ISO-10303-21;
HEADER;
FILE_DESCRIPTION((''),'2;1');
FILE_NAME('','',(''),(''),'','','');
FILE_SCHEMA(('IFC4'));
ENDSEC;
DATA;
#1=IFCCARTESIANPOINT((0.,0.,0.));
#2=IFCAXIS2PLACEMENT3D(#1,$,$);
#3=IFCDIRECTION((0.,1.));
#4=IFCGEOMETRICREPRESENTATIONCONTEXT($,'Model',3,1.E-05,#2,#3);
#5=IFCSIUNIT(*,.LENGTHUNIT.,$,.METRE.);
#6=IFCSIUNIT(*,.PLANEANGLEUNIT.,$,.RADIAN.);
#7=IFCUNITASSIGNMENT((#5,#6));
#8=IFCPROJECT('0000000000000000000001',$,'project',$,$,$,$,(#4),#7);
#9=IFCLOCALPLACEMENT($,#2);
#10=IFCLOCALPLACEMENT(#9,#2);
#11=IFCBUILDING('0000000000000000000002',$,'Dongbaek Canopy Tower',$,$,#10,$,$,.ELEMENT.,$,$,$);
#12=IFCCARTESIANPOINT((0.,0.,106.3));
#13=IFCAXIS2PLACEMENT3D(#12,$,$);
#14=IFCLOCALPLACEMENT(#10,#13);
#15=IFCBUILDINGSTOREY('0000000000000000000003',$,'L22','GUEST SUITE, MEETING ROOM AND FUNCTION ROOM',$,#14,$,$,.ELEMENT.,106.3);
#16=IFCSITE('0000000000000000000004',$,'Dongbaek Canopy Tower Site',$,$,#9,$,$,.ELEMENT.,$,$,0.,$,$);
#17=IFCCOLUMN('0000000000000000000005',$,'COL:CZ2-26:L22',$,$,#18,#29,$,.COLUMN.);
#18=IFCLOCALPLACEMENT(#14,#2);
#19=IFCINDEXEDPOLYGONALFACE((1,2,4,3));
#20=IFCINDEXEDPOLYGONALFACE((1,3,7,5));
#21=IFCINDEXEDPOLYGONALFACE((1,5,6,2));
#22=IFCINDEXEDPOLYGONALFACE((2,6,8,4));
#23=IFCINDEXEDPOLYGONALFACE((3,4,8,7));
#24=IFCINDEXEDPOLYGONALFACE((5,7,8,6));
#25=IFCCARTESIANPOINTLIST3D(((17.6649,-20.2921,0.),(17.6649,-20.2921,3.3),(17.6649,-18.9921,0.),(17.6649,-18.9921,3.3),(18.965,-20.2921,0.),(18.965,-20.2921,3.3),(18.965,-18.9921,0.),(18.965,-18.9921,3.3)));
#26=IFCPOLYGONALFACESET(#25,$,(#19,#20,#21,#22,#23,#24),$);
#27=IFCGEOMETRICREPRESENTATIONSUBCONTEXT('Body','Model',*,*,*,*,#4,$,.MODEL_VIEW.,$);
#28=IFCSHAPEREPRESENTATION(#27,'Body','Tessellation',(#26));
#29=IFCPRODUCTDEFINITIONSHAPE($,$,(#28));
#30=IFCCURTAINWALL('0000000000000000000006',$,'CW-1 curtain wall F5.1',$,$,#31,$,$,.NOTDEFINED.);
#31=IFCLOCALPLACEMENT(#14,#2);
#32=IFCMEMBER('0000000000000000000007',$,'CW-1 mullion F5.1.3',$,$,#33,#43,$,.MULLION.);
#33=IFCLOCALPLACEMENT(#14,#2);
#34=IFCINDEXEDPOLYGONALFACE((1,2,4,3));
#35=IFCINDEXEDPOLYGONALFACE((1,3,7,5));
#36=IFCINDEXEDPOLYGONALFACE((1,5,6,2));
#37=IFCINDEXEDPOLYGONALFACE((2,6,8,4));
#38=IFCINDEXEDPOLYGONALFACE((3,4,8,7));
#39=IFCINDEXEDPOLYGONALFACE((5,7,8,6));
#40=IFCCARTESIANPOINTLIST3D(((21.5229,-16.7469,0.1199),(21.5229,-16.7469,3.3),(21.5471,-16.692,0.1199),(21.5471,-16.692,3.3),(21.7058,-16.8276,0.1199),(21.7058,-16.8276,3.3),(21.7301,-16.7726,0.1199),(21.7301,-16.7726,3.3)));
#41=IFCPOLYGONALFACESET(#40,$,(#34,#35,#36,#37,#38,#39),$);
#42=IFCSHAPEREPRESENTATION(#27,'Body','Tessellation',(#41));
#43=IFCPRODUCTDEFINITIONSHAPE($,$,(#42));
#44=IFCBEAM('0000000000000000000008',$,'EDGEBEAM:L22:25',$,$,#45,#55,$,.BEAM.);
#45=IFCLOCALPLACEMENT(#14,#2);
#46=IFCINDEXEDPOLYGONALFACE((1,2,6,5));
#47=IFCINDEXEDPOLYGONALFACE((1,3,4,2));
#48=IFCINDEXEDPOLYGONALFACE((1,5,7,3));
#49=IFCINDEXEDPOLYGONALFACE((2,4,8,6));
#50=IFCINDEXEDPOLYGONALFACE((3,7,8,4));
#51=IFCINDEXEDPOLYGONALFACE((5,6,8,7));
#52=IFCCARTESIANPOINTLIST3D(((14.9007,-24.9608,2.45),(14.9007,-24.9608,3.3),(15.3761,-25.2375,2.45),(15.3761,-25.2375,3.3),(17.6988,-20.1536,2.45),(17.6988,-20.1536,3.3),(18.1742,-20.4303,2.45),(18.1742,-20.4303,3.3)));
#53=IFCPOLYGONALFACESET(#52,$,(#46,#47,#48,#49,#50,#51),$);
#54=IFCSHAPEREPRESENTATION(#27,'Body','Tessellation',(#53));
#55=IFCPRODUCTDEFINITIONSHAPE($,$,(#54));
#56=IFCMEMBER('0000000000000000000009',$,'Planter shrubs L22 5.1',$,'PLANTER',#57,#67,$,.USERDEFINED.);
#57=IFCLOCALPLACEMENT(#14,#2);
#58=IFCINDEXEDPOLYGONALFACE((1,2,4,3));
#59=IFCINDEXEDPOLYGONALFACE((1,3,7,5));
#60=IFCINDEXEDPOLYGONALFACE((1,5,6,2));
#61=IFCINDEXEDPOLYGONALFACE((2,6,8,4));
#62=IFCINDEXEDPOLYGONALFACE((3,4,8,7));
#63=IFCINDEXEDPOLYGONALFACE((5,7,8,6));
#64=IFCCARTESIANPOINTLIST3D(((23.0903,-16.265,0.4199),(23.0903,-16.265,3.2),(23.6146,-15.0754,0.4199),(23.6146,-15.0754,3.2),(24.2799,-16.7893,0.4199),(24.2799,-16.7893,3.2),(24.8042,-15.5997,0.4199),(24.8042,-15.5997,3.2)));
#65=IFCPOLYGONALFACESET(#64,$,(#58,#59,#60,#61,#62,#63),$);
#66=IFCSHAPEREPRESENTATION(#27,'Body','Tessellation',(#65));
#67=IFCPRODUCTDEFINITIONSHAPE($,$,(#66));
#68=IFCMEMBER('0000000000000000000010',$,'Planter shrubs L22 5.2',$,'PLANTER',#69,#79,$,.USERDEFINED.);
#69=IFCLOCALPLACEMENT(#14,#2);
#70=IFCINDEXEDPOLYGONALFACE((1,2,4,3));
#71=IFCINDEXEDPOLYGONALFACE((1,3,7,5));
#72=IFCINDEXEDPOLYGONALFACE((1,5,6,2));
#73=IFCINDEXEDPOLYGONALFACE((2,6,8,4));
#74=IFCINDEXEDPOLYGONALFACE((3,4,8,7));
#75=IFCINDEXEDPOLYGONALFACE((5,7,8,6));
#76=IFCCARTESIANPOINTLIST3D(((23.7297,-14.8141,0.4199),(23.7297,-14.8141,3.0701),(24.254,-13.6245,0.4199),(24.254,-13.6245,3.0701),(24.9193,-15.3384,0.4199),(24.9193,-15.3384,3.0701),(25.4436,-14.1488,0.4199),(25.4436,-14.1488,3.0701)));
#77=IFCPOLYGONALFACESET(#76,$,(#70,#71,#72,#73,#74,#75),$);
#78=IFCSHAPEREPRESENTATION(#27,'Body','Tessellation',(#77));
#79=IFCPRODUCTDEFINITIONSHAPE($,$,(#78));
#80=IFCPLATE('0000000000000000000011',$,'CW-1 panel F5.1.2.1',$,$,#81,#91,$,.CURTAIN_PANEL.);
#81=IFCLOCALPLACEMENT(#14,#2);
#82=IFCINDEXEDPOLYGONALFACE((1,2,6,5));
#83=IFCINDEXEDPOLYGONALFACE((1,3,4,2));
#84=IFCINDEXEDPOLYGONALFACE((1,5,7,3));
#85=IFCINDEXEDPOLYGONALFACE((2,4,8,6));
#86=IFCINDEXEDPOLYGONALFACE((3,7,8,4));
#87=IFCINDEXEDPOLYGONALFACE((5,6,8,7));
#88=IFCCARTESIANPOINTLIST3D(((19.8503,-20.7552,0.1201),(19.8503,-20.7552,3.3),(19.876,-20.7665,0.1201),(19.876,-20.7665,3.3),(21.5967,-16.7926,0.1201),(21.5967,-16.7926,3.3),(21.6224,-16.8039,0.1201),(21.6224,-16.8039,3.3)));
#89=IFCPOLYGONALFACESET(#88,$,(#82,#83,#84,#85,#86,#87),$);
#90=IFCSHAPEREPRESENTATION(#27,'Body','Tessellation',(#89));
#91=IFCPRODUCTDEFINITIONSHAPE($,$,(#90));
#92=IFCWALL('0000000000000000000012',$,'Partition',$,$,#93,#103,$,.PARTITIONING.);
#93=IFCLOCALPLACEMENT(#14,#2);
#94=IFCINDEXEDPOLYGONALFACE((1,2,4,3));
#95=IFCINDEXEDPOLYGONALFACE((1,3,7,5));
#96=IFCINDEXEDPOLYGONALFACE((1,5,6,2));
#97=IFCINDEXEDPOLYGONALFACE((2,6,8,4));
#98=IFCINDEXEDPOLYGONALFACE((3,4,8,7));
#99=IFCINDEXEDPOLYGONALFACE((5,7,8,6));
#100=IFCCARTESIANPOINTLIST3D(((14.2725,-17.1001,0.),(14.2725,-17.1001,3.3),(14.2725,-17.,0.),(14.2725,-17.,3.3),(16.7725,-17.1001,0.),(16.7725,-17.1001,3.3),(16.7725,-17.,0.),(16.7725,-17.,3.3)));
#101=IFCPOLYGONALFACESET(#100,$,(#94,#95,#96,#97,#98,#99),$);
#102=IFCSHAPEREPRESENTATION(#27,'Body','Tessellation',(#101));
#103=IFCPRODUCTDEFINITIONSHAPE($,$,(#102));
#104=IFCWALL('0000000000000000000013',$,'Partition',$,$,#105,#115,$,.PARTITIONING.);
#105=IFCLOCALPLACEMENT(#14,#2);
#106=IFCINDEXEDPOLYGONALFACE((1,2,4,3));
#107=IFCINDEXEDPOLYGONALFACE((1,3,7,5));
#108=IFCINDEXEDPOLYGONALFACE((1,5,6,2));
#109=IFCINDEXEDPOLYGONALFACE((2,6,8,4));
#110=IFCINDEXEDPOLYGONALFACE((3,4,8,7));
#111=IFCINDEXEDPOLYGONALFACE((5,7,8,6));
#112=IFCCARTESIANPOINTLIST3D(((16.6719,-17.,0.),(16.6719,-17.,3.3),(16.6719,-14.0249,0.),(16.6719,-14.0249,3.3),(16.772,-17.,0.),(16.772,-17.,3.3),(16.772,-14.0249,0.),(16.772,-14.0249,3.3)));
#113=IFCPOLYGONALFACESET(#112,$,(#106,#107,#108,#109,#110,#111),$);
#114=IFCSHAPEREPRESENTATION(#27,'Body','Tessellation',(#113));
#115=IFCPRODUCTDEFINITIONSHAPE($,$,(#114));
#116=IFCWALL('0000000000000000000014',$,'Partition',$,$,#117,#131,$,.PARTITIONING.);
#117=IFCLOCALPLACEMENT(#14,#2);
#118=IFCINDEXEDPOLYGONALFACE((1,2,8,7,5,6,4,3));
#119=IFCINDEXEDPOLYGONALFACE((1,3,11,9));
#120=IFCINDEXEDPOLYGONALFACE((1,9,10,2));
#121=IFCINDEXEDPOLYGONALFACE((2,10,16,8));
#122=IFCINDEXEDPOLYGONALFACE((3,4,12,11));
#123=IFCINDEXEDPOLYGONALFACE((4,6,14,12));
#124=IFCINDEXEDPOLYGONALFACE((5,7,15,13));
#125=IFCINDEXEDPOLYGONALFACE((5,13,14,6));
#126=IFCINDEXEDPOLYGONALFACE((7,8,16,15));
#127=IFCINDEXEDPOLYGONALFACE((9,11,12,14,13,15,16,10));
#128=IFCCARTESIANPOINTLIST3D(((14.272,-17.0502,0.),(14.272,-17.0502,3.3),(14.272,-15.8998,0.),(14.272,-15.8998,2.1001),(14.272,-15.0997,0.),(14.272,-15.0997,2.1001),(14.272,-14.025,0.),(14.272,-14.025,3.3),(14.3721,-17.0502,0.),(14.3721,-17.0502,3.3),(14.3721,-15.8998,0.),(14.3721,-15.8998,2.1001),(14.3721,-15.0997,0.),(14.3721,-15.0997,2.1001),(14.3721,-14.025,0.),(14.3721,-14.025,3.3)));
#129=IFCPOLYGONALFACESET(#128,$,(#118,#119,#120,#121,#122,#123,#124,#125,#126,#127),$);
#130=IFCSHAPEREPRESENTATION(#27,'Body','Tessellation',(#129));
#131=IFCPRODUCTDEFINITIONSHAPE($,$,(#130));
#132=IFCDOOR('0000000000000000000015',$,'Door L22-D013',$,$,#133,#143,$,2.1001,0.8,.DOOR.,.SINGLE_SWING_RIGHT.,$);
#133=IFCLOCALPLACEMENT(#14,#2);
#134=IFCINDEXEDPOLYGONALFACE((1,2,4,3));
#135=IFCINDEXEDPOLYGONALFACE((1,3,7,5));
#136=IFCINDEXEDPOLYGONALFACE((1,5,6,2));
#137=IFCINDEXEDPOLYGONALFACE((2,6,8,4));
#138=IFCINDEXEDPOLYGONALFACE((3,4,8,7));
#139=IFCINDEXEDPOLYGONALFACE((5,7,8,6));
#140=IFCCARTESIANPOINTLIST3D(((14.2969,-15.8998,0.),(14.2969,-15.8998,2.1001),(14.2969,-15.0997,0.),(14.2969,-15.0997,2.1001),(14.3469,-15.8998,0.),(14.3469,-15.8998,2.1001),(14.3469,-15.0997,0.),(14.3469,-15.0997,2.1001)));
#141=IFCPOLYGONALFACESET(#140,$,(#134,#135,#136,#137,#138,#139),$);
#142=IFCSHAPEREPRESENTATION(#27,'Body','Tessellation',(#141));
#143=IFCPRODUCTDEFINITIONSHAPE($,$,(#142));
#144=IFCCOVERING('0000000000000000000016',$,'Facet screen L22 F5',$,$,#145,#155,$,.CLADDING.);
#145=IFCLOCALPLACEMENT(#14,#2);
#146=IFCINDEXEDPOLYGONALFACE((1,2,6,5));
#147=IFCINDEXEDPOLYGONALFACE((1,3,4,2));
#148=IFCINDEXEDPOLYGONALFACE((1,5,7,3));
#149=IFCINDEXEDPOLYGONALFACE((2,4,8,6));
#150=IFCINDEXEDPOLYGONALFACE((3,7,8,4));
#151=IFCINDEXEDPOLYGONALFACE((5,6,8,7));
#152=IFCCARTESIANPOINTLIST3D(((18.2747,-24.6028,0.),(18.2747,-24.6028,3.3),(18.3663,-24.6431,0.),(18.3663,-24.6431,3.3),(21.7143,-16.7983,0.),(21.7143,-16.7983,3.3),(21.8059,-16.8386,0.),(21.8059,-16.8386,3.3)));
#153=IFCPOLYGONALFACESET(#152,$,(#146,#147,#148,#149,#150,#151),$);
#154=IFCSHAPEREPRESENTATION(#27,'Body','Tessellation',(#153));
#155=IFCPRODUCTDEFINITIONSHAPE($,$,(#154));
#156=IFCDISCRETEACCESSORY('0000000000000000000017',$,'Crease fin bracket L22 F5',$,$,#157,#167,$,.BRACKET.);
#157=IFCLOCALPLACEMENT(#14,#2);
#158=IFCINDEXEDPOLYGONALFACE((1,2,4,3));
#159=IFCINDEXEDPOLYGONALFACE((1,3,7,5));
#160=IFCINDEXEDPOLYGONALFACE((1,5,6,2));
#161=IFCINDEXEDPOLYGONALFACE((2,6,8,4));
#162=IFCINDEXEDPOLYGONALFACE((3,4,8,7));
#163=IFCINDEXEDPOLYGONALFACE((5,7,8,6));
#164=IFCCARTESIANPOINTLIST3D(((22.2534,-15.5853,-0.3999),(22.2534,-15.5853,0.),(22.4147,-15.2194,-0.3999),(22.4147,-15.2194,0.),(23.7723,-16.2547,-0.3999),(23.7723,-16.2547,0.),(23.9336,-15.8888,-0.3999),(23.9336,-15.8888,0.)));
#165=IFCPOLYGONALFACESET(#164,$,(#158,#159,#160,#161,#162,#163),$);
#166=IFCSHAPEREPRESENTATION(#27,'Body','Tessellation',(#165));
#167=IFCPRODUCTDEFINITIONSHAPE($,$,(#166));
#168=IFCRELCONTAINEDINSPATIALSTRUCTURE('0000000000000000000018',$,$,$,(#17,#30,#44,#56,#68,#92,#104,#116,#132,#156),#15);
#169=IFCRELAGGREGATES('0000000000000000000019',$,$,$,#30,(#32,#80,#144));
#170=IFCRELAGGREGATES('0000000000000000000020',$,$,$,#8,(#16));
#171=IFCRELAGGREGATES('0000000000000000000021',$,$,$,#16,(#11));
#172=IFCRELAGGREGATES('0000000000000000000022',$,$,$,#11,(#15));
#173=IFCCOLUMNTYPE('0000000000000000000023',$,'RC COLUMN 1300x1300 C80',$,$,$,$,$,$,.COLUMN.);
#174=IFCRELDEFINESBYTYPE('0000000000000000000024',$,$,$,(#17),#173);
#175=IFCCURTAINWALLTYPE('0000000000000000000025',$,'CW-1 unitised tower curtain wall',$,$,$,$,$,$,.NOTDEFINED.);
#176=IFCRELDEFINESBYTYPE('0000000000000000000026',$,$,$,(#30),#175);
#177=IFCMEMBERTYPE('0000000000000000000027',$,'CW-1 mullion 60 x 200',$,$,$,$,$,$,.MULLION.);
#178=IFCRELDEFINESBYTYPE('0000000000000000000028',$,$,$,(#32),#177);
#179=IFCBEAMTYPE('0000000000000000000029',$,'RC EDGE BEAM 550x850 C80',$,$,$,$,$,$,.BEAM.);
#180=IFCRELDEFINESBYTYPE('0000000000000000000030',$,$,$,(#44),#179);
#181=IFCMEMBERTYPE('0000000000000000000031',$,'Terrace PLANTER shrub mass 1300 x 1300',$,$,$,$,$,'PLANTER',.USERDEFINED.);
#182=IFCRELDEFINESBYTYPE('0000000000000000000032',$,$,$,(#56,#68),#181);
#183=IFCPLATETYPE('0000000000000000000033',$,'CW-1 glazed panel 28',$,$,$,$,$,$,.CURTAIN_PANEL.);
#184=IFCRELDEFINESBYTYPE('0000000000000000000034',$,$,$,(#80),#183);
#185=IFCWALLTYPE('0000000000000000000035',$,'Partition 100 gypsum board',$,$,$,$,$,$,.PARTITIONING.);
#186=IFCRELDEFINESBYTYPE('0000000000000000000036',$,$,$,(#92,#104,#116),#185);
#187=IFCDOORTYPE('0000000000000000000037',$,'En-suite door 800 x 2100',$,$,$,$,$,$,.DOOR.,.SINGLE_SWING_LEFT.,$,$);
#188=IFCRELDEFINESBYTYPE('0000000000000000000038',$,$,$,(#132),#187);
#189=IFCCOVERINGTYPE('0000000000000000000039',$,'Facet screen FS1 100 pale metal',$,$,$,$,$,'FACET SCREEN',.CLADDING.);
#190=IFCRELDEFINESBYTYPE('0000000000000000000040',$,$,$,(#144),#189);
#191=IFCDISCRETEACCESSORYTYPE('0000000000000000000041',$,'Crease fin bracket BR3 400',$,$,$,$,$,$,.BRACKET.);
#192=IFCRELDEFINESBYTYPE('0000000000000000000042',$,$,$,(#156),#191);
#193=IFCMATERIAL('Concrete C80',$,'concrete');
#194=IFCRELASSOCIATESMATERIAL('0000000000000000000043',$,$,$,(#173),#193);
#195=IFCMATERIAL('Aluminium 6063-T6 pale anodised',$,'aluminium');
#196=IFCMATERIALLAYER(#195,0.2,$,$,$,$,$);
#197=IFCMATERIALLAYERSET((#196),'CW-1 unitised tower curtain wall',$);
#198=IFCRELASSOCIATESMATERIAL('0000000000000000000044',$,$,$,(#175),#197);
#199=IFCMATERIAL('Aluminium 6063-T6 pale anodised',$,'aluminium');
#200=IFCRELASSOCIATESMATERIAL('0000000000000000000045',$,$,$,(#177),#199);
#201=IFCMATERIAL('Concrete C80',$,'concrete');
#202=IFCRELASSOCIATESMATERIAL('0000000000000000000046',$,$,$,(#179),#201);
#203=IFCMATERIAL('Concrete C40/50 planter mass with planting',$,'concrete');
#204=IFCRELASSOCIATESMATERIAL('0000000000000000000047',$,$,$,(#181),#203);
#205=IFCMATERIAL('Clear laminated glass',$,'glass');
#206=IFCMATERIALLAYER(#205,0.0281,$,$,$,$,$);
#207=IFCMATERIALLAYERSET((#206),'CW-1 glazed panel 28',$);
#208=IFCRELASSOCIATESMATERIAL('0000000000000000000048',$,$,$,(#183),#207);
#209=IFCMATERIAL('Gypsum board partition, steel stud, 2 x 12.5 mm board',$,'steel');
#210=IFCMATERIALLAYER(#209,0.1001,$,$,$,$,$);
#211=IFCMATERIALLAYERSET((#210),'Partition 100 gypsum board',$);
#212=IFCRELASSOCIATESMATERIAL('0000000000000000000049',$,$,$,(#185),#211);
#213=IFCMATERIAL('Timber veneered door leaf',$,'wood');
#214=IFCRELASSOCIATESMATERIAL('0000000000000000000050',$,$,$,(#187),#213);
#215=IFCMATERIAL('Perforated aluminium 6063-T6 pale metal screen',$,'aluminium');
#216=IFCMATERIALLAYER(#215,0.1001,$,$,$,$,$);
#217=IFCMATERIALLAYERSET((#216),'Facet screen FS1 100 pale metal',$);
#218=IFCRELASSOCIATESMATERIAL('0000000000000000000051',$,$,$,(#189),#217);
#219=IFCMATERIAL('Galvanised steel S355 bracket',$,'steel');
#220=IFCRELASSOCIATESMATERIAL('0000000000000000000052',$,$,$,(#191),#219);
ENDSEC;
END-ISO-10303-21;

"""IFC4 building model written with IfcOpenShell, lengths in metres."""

from ifc_helpers import new_model, si_unit, direction, frame, frame_2d, origin, origin_2d, place, context, subcontext, project, spatial, rectangle, extrude, material, layer, layer_set, material_profile, profile_set, type_object, element, fill, aggregate, save


model = new_model("IFC4")

# Units and contexts
model_context = context("Model", 3, precision=1e-05, world=origin(), true_north=direction((0.0, 1.0)))
body_context = subcontext(model_context, "Body", "Model", "MODEL_VIEW")
ifc_project = project(units=[si_unit("LENGTHUNIT", "METRE"), si_unit("PLANEANGLEUNIT", "RADIAN")], contexts=[model_context])

# Site, building, storey
site_placement = place(None, origin())
site = spatial("IfcSite", under=ifc_project, at=site_placement, Name="Dongbaek Canopy Tower Site", CompositionType="ELEMENT", RefElevation=0.0)
building_placement = place(site_placement, origin())
building = spatial("IfcBuilding", under=site, at=building_placement, Name="Dongbaek Canopy Tower", CompositionType="ELEMENT")
storey_placement = place(building_placement, frame((0.0, 0.0, 106.3)))
storey = spatial("IfcBuildingStorey", under=building, at=storey_placement, Name="L22", Description="GUEST SUITE, MEETING ROOM AND FUNCTION ROOM", CompositionType="ELEMENT", Elevation=106.3)

# Column
ifc_material_1 = material(Name="Concrete C80", Category="concrete")
ifc_material_profile_1 = material_profile(ifc_material_1, rectangle(XDim=1.3, YDim=1.3, at=origin_2d()), Name="RC COLUMN 1300x1300 C80")
ifc_profile_set_1 = profile_set([ifc_material_profile_1], Name="Concrete C80")
column_type = type_object("IfcColumnType", Name="RC COLUMN 1300x1300 C80", PredefinedType="COLUMN", material=ifc_profile_set_1)
column_placement = place(storey_placement, frame((18.3149, -19.6421, 0.0), z_axis=(0.0, 0.0, 1.0), x_axis=(1.0, 0.0, 0.0)))
element("IfcColumn", 1, at=column_placement, inside=storey, type_object=column_type, Name="COL:CZ2-26:L22", PredefinedType="COLUMN", context=body_context, shape_type="SweptSolid", body=[
    extrude(rectangle(XDim=1.3, YDim=1.3, at=origin_2d()), origin(), (0.0, 0.0, 1.0), 3.3),
])

# Curtain wall, member
ifc_material_2 = material(Name="Aluminium 6063-T6 pale anodised", Category="aluminium")
ifc_layer_1 = layer(ifc_material_2, 0.2)
ifc_layer_set_1 = layer_set([ifc_layer_1], Name="CW-1 unitised tower curtain wall")
curtain_wall_type = type_object("IfcCurtainWallType", Name="CW-1 unitised tower curtain wall", PredefinedType="NOTDEFINED", material=ifc_layer_set_1)
curtain_wall_placement = place(storey_placement, origin())
curtain_wall = element("IfcCurtainWall", 2, at=curtain_wall_placement, inside=storey, type_object=curtain_wall_type, Name="CW-1 curtain wall F5.1", PredefinedType="NOTDEFINED")
ifc_material_3 = material(Name="Aluminium 6063-T6 pale anodised", Category="aluminium")
ifc_material_profile_2 = material_profile(ifc_material_3, rectangle(XDim=0.2, YDim=0.0601, at=origin_2d()), Name="CW-1 mullion 60 x 200")
ifc_profile_set_2 = profile_set([ifc_material_profile_2], Name="Aluminium 6063-T6 pale anodised")
member_type_1 = type_object("IfcMemberType", Name="CW-1 mullion 60 x 200", PredefinedType="MULLION", material=ifc_profile_set_2)
member_1_placement = place(storey_placement, frame((21.6265, -16.7598, 0.1199), z_axis=(0.0, 0.0, 1.0), x_axis=(0.915073, -0.403289, 0.0)))
member_1 = element("IfcMember", 3, at=member_1_placement, type_object=member_type_1, Name="CW-1 mullion F5.1.3", PredefinedType="MULLION", context=body_context, shape_type="SweptSolid", body=[
    extrude(rectangle(XDim=0.2, YDim=0.0601, at=origin_2d()), origin(), (0.0, 0.0, 1.0), 3.1802),
])

# Beam
ifc_material_4 = material(Name="Concrete C80", Category="concrete")
ifc_material_profile_3 = material_profile(ifc_material_4, rectangle(XDim=0.55, YDim=0.8501, at=origin_2d()), Name="RC EDGE BEAM 550x850 C80")
ifc_profile_set_3 = profile_set([ifc_material_profile_3], Name="Concrete C80")
beam_type = type_object("IfcBeamType", Name="RC EDGE BEAM 550x850 C80", PredefinedType="BEAM", material=ifc_profile_set_3)
beam_placement = place(storey_placement, frame((17.9365, -20.292, 2.875), z_axis=(-0.503058, -0.864253, 0.0), x_axis=(0.864253, -0.503058, 0.0)))
element("IfcBeam", 4, at=beam_placement, inside=storey, type_object=beam_type, Name="EDGEBEAM:L22:25", PredefinedType="BEAM", context=body_context, shape_type="SweptSolid", body=[
    extrude(rectangle(XDim=0.55, YDim=0.8501, at=origin_2d()), origin(), (0.0, 0.0, 1.0), 5.5623),
])

# Members
ifc_material_5 = material(Name="Concrete C40/50 planter mass with planting", Category="concrete")
ifc_material_profile_4 = material_profile(ifc_material_5, rectangle(XDim=1.3, YDim=1.3, at=origin_2d()), Name="Terrace PLANTER shrub mass 1300 x 1300")
ifc_profile_set_4 = profile_set([ifc_material_profile_4], Name="Concrete C40/50 planter mass with planting")
member_type_2 = type_object("IfcMemberType", Name="Terrace PLANTER shrub mass 1300 x 1300", ElementType="PLANTER", PredefinedType="USERDEFINED", material=ifc_profile_set_4)
member_2_placement = place(storey_placement, frame((23.9473, -15.9324, 0.4199), z_axis=(0.0, 0.0, 1.0), x_axis=(0.915073, -0.403289, 0.0)))
element("IfcMember", 5, at=member_2_placement, inside=storey, type_object=member_type_2, Name="Planter shrubs L22 5.1", ObjectType="PLANTER", PredefinedType="USERDEFINED", context=body_context, shape_type="SweptSolid", body=[
    extrude(rectangle(XDim=1.3, YDim=1.3, at=origin_2d()), origin(), (0.0, 0.0, 1.0), 2.78),
])
member_3_placement = place(storey_placement, frame((24.5867, -14.4814, 0.4199), z_axis=(0.0, 0.0, 1.0), x_axis=(0.915073, -0.403289, 0.0)))
element("IfcMember", 6, at=member_3_placement, inside=storey, type_object=member_type_2, Name="Planter shrubs L22 5.2", ObjectType="PLANTER", PredefinedType="USERDEFINED", context=body_context, shape_type="SweptSolid", body=[
    extrude(rectangle(XDim=1.3, YDim=1.3, at=origin_2d()), origin(), (0.0, 0.0, 1.0), 2.6501),
])

# Plate
ifc_material_6 = material(Name="Clear laminated glass", Category="glass")
ifc_layer_2 = layer(ifc_material_6, 0.0281)
ifc_layer_set_2 = layer_set([ifc_layer_2], Name="CW-1 glazed panel 28")
plate_type = type_object("IfcPlateType", Name="CW-1 glazed panel 28", PredefinedType="CURTAIN_PANEL", material=ifc_layer_set_2)
plate_placement = place(storey_placement, frame((20.7363, -18.7795, 0.1201), z_axis=(0.0, 0.0, 1.0), x_axis=(0.403289, 0.915073, 0.0)))
plate = element("IfcPlate", 7, at=plate_placement, type_object=plate_type, Name="CW-1 panel F5.1.2.1", PredefinedType="CURTAIN_PANEL", context=body_context, shape_type="SweptSolid", body=[
    extrude(rectangle(XDim=4.3303, YDim=0.0281, at=origin_2d()), origin(), (0.0, 0.0, 1.0), 3.1799),
])

# Walls
ifc_material_7 = material(Name="Gypsum board partition, steel stud, 2 x 12.5 mm board", Category="steel")
ifc_layer_3 = layer(ifc_material_7, 0.1001)
ifc_layer_set_3 = layer_set([ifc_layer_3], Name="Partition 100 gypsum board")
wall_type_1 = type_object("IfcWallType", Name="Partition 100 gypsum board", PredefinedType="PARTITIONING", material=ifc_layer_set_3)
wall_1_placement = place(storey_placement, frame((14.2725, -17.05, 0.0), z_axis=(0.0, 0.0, 1.0), x_axis=(1.0, 0.0, 0.0)))
element("IfcWall", 8, at=wall_1_placement, inside=storey, type_object=wall_type_1, Name="Partition", PredefinedType="PARTITIONING", context=body_context, shape_type="SweptSolid", body=[
    extrude(rectangle(XDim=2.5, YDim=0.1001, at=frame_2d((1.25, 0.0))), origin(), (0.0, 0.0, 1.0), 3.3),
])
wall_2_placement = place(storey_placement, frame((16.7219, -17.0, 0.0), z_axis=(0.0, 0.0, 1.0), x_axis=(0.0, 1.0, 0.0)))
element("IfcWall", 9, at=wall_2_placement, inside=storey, type_object=wall_type_1, Name="Partition", PredefinedType="PARTITIONING", context=body_context, shape_type="SweptSolid", body=[
    extrude(rectangle(XDim=2.9751, YDim=0.1001, at=frame_2d((1.4875, 0.0))), origin(), (0.0, 0.0, 1.0), 3.3),
])

# Wall, opening, door
wall_3_placement = place(storey_placement, frame((14.322, -14.0249, 0.0), z_axis=(0.0, 0.0, 1.0), x_axis=(0.0, -1.0, 0.0)))
wall_3 = element("IfcWall", 10, at=wall_3_placement, inside=storey, type_object=wall_type_1, Name="Partition", PredefinedType="PARTITIONING", context=body_context, shape_type="SweptSolid", body=[
    extrude(rectangle(XDim=3.0251, YDim=0.1001, at=frame_2d((1.5127, 0.0))), origin(), (0.0, 0.0, 1.0), 3.3),
])
opening_1_placement = place(wall_3_placement, frame((1.075, 0.0, 0.0)))
opening_1 = element("IfcOpeningElement", 11, at=opening_1_placement, cuts=wall_3, PredefinedType="OPENING", context=body_context, shape_type="SweptSolid", body=[
    extrude(rectangle(XDim=0.8, YDim=2.1001, at=frame_2d((0.3999, 1.05))), frame((0.0, 0.0601, 0.0), z_axis=(0.0, -1.0, 0.0), x_axis=(1.0, 0.0, 0.0)), (0.0, 0.0, 1.0), 0.1201),
])
ifc_material_8 = material(Name="Timber veneered door leaf", Category="wood")
door_type_1 = type_object("IfcDoorType", Name="En-suite door 800 x 2100", OperationType="SINGLE_SWING_LEFT", PredefinedType="DOOR", material=ifc_material_8)
door_1_placement = place(opening_1_placement, origin())
door_1 = element("IfcDoor", 12, at=door_1_placement, inside=storey, type_object=door_type_1, Name="Door L22-D013", OperationType="SINGLE_SWING_RIGHT", OverallHeight=2.1001, OverallWidth=0.8, PredefinedType="DOOR", context=body_context, shape_type="SweptSolid", body=[
    extrude(rectangle(XDim=0.8, YDim=2.1001, at=frame_2d((0.3999, 1.05))), frame((0.0, 0.0249, 0.0), z_axis=(0.0, -1.0, 0.0), x_axis=(1.0, 0.0, 0.0)), (0.0, 0.0, 1.0), 0.05),
])
fill(opening_1, door_1)

# Covering
ifc_material_9 = material(Name="Perforated aluminium 6063-T6 pale metal screen", Category="aluminium")
ifc_layer_4 = layer(ifc_material_9, 0.1001)
ifc_layer_set_4 = layer_set([ifc_layer_4], Name="Facet screen FS1 100 pale metal")
covering_type = type_object("IfcCoveringType", Name="Facet screen FS1 100 pale metal", ElementType="FACET SCREEN", PredefinedType="CLADDING", material=ifc_layer_set_4)
covering_placement = place(storey_placement, frame((20.0403, -20.7207, 0.0), z_axis=(0.0, 0.0, 1.0), x_axis=(0.403288, 0.915073, 0.0)))
covering = element("IfcCovering", 13, at=covering_placement, type_object=covering_type, Name="Facet screen L22 F5", PredefinedType="CLADDING", context=body_context, shape_type="SweptSolid", body=[
    extrude(rectangle(XDim=8.5288, YDim=0.1001, at=origin_2d()), origin(), (0.0, 0.0, 1.0), 3.3),
])
aggregate(curtain_wall, [member_1, plate, covering])

# Discrete accessory
ifc_material_10 = material(Name="Galvanised steel S355 bracket", Category="steel")
discrete_accessory_type = type_object("IfcDiscreteAccessoryType", Name="Crease fin bracket BR3 400", PredefinedType="BRACKET", material=ifc_material_10)
discrete_accessory_placement = place(storey_placement, frame((23.0935, -15.7371, -0.3999), z_axis=(0.0, 0.0, 1.0), x_axis=(0.915073, -0.403288, 0.0)))
element("IfcDiscreteAccessory", 14, at=discrete_accessory_placement, inside=storey, type_object=discrete_accessory_type, Name="Crease fin bracket L22 F5", PredefinedType="BRACKET", context=body_context, shape_type="SweptSolid", body=[
    extrude(rectangle(XDim=1.6599, YDim=0.3999, at=origin_2d()), origin(), (0.0, 0.0, 1.0), 0.3999),
])

save(model, "model.ifc")
